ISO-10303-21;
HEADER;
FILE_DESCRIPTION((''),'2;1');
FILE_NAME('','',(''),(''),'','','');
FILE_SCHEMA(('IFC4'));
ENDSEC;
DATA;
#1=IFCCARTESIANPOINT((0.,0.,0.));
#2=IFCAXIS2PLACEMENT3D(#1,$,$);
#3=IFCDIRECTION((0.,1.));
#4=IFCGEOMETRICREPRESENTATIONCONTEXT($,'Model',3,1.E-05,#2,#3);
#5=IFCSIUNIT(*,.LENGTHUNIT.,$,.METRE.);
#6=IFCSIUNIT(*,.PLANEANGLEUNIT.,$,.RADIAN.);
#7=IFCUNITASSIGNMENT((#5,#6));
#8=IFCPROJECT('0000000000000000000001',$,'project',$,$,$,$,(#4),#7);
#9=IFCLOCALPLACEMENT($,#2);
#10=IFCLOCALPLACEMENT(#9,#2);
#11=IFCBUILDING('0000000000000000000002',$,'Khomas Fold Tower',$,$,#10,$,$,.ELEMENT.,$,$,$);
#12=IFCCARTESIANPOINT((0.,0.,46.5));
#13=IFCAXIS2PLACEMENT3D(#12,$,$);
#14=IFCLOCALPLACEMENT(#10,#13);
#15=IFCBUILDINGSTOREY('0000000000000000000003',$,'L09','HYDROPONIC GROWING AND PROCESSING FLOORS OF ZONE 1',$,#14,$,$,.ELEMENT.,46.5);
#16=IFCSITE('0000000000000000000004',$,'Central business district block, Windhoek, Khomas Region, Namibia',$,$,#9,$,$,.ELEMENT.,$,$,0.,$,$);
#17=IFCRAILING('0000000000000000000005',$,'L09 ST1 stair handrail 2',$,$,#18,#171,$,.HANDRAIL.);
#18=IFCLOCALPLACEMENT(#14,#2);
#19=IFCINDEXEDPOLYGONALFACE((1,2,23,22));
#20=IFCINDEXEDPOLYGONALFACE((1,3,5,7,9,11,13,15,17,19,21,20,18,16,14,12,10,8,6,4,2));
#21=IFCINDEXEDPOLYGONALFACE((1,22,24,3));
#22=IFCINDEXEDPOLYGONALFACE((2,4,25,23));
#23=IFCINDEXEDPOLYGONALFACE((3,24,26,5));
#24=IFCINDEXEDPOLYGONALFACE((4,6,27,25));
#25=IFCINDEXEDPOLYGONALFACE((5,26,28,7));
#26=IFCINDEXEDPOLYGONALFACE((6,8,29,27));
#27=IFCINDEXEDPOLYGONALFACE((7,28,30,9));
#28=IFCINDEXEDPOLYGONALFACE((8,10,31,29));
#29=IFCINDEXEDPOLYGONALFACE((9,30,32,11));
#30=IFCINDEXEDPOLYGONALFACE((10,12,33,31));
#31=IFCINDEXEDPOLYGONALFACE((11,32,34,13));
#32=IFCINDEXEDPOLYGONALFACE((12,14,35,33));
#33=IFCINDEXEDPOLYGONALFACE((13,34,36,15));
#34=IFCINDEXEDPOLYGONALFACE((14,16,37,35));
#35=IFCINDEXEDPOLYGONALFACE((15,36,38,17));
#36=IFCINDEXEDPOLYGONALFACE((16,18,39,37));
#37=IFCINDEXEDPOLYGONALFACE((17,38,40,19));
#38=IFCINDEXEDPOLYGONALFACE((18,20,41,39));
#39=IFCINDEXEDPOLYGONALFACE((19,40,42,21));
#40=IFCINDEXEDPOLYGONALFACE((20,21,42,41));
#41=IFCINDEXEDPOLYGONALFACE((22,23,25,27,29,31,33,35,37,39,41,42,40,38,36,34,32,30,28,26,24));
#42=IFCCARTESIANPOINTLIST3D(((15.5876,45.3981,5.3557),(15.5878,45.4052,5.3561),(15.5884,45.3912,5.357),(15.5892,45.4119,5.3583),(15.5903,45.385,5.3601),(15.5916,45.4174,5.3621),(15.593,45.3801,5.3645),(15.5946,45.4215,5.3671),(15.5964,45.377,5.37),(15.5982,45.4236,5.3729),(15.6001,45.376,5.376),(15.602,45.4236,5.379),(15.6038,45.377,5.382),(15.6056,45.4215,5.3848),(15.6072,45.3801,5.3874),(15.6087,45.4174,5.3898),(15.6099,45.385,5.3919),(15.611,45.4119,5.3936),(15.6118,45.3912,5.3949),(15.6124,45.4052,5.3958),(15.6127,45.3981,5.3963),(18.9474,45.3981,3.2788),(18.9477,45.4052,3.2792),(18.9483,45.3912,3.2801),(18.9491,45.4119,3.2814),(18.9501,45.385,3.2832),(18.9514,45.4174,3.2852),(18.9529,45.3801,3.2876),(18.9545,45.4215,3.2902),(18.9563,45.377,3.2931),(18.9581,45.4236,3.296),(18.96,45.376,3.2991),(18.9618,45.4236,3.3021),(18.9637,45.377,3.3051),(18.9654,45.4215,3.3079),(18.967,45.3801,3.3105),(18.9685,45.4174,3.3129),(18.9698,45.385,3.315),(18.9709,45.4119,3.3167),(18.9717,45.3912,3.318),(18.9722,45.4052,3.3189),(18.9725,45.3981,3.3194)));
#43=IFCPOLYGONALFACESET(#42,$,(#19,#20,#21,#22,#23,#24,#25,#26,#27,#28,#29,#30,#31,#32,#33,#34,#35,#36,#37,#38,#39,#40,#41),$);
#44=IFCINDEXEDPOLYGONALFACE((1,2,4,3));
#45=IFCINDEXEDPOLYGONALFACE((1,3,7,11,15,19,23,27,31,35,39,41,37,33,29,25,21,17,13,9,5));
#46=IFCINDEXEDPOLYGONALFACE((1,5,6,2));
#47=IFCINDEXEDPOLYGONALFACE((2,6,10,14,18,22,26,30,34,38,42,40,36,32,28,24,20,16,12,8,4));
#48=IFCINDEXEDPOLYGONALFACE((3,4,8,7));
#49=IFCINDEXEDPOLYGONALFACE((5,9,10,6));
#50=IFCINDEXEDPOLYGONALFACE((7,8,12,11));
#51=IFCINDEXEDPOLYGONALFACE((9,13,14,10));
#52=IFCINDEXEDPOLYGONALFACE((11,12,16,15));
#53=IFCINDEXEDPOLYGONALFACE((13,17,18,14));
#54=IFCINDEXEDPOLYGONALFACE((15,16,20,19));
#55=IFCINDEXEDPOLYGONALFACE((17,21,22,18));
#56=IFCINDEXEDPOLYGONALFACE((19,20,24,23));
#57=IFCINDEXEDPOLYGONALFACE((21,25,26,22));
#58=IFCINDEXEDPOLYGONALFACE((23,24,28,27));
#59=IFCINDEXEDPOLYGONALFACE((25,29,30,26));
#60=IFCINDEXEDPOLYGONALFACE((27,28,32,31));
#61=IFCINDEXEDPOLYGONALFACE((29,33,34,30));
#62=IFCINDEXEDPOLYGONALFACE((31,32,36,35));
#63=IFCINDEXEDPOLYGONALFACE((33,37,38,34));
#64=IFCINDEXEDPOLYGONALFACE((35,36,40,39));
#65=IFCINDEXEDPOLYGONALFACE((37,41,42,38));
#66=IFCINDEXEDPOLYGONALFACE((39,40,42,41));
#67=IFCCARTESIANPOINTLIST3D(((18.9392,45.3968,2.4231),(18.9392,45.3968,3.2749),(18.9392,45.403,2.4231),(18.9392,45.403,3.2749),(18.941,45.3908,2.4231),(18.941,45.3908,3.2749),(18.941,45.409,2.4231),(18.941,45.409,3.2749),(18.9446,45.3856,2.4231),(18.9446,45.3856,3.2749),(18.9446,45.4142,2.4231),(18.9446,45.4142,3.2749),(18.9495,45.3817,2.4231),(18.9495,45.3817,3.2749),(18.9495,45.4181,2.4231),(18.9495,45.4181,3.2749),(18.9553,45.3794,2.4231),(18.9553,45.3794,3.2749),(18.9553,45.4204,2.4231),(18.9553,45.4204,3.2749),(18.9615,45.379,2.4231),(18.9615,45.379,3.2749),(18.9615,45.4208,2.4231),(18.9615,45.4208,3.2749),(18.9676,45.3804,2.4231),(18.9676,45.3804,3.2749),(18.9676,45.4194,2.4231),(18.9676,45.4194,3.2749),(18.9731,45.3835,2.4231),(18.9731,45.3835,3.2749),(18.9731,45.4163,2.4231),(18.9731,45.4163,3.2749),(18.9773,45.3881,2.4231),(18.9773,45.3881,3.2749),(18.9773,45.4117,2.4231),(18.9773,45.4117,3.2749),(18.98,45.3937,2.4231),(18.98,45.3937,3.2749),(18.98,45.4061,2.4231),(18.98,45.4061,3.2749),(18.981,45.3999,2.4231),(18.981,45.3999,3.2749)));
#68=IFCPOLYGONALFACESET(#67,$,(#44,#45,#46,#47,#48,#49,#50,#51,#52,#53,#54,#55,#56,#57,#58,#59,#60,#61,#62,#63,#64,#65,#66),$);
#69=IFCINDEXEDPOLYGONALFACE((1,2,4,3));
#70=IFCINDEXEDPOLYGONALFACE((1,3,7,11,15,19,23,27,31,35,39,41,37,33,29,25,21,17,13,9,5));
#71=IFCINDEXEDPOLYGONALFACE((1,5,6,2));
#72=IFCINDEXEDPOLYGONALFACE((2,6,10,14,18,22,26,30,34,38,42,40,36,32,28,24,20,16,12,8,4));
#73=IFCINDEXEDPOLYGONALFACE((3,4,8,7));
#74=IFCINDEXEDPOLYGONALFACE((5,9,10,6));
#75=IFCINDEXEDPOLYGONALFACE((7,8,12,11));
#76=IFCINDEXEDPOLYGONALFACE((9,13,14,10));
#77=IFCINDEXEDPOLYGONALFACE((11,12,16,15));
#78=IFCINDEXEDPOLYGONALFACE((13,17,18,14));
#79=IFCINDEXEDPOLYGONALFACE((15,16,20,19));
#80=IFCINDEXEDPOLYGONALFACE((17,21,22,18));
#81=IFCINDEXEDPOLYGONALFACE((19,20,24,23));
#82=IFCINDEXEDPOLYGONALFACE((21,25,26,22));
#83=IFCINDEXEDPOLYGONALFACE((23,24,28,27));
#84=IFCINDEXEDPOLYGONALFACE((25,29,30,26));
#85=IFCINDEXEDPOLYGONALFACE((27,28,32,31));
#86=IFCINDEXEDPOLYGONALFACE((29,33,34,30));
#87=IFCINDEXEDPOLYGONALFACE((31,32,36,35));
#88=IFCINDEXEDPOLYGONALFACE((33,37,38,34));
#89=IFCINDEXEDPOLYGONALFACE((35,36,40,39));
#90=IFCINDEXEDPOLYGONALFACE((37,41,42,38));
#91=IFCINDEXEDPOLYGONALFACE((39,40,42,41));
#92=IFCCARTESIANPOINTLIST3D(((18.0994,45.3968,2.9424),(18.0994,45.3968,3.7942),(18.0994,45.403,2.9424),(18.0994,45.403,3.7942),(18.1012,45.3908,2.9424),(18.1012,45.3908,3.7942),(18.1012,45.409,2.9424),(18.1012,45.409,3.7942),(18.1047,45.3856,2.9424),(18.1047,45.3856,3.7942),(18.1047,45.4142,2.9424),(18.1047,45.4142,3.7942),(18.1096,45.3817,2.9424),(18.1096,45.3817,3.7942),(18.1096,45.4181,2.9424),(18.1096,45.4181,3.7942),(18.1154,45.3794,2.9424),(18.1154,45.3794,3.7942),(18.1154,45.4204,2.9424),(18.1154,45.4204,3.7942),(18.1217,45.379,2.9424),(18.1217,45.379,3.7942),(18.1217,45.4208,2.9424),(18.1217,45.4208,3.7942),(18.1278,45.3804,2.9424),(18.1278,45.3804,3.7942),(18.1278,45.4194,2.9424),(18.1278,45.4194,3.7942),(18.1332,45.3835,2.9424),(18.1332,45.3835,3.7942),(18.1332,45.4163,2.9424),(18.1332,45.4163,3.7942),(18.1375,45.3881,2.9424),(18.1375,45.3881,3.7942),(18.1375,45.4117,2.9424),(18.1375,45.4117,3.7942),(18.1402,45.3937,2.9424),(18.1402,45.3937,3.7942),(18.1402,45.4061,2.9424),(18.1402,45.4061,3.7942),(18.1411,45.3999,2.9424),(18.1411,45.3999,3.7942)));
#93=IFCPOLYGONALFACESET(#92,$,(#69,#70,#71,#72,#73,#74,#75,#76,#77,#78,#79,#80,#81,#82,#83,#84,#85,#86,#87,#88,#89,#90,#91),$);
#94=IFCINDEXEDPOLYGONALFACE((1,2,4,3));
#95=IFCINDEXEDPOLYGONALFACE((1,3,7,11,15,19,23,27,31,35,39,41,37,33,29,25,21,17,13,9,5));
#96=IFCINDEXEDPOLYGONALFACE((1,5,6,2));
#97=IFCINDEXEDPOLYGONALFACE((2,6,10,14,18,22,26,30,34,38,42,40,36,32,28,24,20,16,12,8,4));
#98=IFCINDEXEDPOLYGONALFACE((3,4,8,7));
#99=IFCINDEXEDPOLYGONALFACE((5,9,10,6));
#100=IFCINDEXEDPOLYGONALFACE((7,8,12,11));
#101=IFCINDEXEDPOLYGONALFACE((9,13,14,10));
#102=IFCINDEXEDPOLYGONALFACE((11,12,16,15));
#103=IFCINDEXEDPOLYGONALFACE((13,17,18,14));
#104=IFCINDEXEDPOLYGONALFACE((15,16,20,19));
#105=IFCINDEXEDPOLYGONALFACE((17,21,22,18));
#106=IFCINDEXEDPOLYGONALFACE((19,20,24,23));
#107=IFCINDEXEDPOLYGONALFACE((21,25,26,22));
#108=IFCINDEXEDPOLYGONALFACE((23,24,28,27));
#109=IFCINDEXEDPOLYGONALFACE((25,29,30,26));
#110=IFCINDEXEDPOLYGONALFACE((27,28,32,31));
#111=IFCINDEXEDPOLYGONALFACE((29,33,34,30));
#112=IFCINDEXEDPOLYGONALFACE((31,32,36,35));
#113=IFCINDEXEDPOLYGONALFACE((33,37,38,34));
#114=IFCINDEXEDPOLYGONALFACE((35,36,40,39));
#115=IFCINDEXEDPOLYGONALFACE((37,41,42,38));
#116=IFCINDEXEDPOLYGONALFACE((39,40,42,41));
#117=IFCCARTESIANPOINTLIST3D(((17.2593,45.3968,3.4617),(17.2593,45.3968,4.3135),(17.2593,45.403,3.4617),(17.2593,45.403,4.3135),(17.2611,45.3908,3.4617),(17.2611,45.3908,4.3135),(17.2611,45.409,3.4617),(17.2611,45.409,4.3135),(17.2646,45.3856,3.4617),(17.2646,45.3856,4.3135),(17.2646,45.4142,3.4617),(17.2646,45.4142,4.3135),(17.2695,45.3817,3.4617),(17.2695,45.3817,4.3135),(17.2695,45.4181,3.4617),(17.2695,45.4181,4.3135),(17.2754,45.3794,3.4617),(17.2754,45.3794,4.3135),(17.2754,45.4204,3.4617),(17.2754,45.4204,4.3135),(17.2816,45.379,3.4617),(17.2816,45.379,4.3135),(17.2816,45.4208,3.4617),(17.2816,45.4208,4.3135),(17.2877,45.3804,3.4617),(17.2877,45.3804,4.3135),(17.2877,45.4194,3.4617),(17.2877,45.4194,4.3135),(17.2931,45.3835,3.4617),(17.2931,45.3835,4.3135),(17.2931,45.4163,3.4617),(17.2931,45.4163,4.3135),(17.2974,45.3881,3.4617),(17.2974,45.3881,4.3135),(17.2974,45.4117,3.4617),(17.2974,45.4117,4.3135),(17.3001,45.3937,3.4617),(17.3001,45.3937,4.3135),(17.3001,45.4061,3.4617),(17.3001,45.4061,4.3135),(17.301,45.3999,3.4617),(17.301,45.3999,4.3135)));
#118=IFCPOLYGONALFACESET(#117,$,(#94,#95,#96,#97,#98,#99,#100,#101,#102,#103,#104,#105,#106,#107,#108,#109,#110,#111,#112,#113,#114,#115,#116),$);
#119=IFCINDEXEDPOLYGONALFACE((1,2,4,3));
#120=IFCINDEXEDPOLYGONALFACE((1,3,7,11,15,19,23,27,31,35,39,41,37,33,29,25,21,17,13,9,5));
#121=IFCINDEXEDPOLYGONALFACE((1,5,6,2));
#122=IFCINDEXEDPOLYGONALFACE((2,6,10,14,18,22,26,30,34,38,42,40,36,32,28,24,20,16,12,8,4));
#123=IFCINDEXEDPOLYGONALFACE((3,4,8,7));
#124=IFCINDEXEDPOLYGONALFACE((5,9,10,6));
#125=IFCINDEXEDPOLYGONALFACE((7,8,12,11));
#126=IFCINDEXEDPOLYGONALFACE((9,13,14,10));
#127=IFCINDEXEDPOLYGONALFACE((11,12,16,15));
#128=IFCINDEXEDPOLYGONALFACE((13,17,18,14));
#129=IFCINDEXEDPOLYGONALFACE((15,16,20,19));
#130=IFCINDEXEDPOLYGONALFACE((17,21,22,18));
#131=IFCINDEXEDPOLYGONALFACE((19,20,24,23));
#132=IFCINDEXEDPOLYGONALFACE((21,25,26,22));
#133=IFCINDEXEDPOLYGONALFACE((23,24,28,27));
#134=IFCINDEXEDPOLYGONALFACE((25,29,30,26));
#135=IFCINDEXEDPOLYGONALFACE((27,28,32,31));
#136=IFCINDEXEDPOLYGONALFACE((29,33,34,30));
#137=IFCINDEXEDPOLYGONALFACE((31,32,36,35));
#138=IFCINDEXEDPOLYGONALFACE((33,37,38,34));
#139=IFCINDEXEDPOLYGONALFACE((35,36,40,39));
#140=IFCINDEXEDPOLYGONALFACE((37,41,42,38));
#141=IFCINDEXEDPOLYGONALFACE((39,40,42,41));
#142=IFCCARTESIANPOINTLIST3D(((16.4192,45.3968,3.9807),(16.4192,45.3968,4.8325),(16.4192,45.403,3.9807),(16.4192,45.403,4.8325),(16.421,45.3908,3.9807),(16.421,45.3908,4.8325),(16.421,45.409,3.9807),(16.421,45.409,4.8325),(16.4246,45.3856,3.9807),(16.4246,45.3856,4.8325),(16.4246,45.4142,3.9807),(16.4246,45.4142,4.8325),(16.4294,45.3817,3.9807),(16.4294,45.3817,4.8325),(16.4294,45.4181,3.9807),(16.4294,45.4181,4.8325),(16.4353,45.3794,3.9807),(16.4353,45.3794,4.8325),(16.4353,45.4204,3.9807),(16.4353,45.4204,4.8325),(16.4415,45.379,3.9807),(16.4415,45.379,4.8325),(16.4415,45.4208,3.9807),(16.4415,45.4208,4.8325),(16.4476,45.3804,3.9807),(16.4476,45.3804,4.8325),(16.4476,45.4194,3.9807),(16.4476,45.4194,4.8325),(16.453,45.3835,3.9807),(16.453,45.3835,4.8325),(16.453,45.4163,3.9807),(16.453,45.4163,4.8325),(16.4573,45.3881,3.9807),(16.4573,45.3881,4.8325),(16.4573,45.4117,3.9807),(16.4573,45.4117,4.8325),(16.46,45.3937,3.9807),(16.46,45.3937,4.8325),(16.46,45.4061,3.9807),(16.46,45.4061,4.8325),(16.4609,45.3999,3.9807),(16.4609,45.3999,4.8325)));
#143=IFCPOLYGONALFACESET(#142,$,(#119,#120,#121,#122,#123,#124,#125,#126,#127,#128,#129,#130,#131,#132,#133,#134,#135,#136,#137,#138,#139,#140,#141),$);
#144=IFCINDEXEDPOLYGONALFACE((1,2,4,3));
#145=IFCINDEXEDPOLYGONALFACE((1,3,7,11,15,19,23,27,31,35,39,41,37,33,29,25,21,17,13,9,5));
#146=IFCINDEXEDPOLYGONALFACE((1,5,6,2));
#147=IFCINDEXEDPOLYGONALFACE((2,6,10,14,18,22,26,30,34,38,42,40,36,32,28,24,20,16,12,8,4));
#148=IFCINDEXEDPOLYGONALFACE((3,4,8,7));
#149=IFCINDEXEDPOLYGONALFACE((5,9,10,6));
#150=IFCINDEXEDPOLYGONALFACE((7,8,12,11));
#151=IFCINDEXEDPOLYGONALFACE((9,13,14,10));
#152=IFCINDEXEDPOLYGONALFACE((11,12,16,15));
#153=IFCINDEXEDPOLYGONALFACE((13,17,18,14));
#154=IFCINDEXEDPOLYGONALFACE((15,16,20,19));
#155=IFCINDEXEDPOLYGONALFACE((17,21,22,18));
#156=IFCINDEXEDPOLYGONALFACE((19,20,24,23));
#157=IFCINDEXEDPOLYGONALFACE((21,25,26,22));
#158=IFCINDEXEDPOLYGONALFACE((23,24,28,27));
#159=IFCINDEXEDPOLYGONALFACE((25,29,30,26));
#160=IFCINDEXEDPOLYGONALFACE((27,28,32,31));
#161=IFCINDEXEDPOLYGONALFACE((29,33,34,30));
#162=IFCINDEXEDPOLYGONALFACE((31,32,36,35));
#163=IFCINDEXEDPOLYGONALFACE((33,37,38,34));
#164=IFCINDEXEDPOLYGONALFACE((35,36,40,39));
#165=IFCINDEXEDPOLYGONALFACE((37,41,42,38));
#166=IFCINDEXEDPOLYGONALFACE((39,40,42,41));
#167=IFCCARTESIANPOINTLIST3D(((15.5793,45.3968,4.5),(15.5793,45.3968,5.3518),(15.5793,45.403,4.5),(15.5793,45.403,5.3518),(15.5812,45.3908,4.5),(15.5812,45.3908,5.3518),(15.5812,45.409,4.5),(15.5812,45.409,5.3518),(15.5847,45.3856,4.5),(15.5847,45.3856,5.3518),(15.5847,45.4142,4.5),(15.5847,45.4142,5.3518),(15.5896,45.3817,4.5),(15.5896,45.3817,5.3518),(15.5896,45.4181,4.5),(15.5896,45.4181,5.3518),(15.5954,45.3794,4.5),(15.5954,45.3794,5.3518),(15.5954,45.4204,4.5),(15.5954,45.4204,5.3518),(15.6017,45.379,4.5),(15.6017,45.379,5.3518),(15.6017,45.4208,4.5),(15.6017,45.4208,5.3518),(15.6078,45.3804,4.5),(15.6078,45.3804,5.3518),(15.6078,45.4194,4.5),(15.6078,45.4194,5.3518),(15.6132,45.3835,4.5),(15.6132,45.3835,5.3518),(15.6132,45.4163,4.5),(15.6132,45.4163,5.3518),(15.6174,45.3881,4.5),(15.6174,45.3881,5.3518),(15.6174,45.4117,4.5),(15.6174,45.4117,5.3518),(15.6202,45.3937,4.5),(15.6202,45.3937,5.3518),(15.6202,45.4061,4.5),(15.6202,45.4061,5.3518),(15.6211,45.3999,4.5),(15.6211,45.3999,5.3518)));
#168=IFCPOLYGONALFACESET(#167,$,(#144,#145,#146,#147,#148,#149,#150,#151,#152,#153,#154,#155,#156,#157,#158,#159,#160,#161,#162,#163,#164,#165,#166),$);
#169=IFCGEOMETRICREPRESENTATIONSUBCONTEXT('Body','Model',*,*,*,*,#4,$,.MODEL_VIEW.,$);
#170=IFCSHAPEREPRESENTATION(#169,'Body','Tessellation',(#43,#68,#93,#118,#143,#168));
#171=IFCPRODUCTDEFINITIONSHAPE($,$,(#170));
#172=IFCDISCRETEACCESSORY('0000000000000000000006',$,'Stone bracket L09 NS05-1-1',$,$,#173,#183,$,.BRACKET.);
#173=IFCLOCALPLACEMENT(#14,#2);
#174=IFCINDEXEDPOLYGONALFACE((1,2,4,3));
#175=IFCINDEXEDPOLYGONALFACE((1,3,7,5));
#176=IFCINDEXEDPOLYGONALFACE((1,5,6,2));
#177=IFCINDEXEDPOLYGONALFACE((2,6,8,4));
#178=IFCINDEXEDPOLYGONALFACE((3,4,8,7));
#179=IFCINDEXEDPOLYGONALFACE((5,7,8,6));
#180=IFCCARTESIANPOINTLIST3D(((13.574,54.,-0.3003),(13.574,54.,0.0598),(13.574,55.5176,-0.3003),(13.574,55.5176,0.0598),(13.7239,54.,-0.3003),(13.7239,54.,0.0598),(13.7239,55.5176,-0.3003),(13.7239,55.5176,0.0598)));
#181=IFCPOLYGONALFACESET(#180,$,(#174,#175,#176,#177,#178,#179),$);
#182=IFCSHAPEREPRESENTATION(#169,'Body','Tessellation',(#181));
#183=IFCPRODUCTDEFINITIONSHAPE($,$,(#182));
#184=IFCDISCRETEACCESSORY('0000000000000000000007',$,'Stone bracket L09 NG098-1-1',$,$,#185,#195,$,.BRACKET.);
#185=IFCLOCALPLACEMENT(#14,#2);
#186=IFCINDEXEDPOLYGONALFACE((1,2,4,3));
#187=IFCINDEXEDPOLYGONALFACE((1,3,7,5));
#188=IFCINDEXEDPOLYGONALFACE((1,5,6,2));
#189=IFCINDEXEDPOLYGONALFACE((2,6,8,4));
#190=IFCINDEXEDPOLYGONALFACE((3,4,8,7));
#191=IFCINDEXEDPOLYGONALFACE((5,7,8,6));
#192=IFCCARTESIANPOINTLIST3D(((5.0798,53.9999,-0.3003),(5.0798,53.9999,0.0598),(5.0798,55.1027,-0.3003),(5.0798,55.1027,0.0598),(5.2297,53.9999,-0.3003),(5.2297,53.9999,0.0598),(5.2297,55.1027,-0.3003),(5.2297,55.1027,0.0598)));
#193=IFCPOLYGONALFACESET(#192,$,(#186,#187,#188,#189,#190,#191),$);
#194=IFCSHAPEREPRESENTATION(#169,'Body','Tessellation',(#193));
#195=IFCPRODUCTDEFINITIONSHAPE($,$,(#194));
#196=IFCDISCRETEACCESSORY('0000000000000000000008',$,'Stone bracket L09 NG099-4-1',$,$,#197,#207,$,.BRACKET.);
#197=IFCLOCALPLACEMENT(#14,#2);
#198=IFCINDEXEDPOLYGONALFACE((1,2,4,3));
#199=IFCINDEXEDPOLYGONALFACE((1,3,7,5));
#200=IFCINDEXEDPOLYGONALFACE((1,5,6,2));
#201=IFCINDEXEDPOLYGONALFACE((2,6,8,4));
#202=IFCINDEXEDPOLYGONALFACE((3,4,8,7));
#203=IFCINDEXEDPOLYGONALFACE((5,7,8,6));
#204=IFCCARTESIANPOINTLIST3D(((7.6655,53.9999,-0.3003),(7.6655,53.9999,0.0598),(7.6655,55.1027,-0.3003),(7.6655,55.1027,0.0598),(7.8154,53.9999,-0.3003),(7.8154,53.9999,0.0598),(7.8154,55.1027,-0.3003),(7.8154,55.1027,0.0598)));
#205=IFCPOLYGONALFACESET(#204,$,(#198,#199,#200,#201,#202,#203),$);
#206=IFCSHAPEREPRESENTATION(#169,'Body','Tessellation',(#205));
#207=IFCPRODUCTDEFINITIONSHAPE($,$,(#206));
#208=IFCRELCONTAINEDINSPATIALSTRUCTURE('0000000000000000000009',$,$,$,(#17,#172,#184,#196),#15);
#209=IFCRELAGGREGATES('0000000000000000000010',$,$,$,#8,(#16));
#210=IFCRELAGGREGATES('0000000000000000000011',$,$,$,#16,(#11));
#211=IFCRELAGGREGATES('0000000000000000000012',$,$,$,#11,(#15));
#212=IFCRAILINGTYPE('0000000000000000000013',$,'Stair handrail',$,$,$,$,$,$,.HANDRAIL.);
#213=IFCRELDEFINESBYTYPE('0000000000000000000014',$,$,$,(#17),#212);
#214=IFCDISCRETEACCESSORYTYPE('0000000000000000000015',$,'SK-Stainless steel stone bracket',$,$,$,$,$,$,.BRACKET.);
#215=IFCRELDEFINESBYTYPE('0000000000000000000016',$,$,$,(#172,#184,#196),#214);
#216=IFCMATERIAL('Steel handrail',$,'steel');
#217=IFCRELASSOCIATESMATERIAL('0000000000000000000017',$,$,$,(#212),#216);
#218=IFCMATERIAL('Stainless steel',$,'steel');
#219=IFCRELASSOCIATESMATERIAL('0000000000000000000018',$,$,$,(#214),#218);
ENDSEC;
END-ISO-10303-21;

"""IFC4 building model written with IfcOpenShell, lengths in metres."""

from ifc_helpers import new_model, si_unit, direction, frame, origin, origin_2d, place, context, subcontext, project, spatial, rectangle, circle, extrude, source, transform, mapped, material, type_object, element, save


model = new_model("IFC4")

# Units and contexts
model_context = context("Model", 3, precision=1e-05, world=origin(), true_north=direction((0.0, 1.0)))
body_context = subcontext(model_context, "Body", "Model", "MODEL_VIEW")
ifc_project = project(units=[si_unit("LENGTHUNIT", "METRE"), si_unit("PLANEANGLEUNIT", "RADIAN")], contexts=[model_context])

# Site, building, storey
site_placement = place(None, origin())
site = spatial("IfcSite", under=ifc_project, at=site_placement, Name="Central business district block, Windhoek, Khomas Region, Namibia", CompositionType="ELEMENT", RefElevation=0.0)
building_placement = place(site_placement, origin())
building = spatial("IfcBuilding", under=site, at=building_placement, Name="Khomas Fold Tower", CompositionType="ELEMENT")
storey_placement = place(building_placement, frame((0.0, 0.0, 46.5)))
storey = spatial("IfcBuildingStorey", under=building, at=storey_placement, Name="L09", Description="HYDROPONIC GROWING AND PROCESSING FLOORS OF ZONE 1", CompositionType="ELEMENT", Elevation=46.5)

# Railing
ifc_material_1 = material(Name="Steel handrail", Category="steel")
railing_type = type_object("IfcRailingType", Name="Stair handrail", PredefinedType="HANDRAIL", material=ifc_material_1)
shared_shape_1 = source(origin(), body_context, "Body", "SweptSolid", [
    extrude(circle(Radius=0.0239, at=origin_2d()), frame((0.0, 0.0, 0.876), z_axis=(-0.850606, 0.0, 0.525803), x_axis=(0.0, -1.0, 0.0)), (0.0, 0.0, 1.0), 3.95),
    extrude(circle(Radius=0.021, at=origin_2d()), origin(), (0.0, 0.0, 1.0), 0.8518),
    extrude(circle(Radius=0.021, at=origin_2d()), frame((-0.8398, 0.0, 0.5193)), (0.0, 0.0, 1.0), 0.8518),
    extrude(circle(Radius=0.021, at=origin_2d()), frame((-1.6799, 0.0, 1.0386)), (0.0, 0.0, 1.0), 0.8518),
    extrude(circle(Radius=0.021, at=origin_2d()), frame((-2.52, 0.0, 1.5576)), (0.0, 0.0, 1.0), 0.8518),
    extrude(circle(Radius=0.021, at=origin_2d()), frame((-3.3599, 0.0, 2.0769)), (0.0, 0.0, 1.0), 0.8518),
])
railing_placement = place(storey_placement, frame((18.96, 45.3999, 2.4231)))
element("IfcRailing", 1, at=railing_placement, inside=storey, type_object=railing_type, Name="L09 ST1 stair handrail 2", PredefinedType="HANDRAIL", context=body_context, shape_type="MappedRepresentation", body=[
    mapped(shared_shape_1, transform((0.0, 0.0, 0.0))),
])

# Discrete accessories
ifc_material_2 = material(Name="Stainless steel", Category="steel")
discrete_accessory_type = type_object("IfcDiscreteAccessoryType", Name="SK-Stainless steel stone bracket", PredefinedType="BRACKET", material=ifc_material_2)
shared_shape_2 = source(origin(), body_context, "Body", "SweptSolid", [
    extrude(rectangle(XDim=1.5176, YDim=0.1499, at=origin_2d()), origin(), (0.0, 0.0, 1.0), 0.3601),
])
discrete_accessory_1_placement = place(storey_placement, frame((13.6489, 54.7588, -0.3003), z_axis=(0.0, 0.0, 1.0), x_axis=(0.0, 1.0, 0.0)))
element("IfcDiscreteAccessory", 2, at=discrete_accessory_1_placement, inside=storey, type_object=discrete_accessory_type, Name="Stone bracket L09 NS05-1-1", PredefinedType="BRACKET", context=body_context, shape_type="MappedRepresentation", body=[
    mapped(shared_shape_2, transform((0.0, 0.0, 0.0))),
])
shared_shape_3 = source(origin(), body_context, "Body", "SweptSolid", [
    extrude(rectangle(XDim=1.1028, YDim=0.1499, at=origin_2d()), origin(), (0.0, 0.0, 1.0), 0.3601),
])
for number, where, z_axis, x_axis, name in (
    (3, (5.1548, 54.5513, -0.3003), (0.0, 0.0, 1.0), (0.0, 1.0, 0.0), "Stone bracket L09 NG098-1-1"),
    (4, (7.7405, 54.5513, -0.3003), (0.0, 0.0, 1.0), (0.0, 1.0, 0.0), "Stone bracket L09 NG099-4-1"),
):
    element("IfcDiscreteAccessory", number, at=place(storey_placement, frame(where, z_axis=z_axis, x_axis=x_axis)), inside=storey, type_object=discrete_accessory_type, Name=name, PredefinedType="BRACKET", context=body_context, shape_type="MappedRepresentation", body=[
        mapped(shared_shape_3, transform((0.0, 0.0, 0.0))),
    ])

save(model, "model.ifc")
